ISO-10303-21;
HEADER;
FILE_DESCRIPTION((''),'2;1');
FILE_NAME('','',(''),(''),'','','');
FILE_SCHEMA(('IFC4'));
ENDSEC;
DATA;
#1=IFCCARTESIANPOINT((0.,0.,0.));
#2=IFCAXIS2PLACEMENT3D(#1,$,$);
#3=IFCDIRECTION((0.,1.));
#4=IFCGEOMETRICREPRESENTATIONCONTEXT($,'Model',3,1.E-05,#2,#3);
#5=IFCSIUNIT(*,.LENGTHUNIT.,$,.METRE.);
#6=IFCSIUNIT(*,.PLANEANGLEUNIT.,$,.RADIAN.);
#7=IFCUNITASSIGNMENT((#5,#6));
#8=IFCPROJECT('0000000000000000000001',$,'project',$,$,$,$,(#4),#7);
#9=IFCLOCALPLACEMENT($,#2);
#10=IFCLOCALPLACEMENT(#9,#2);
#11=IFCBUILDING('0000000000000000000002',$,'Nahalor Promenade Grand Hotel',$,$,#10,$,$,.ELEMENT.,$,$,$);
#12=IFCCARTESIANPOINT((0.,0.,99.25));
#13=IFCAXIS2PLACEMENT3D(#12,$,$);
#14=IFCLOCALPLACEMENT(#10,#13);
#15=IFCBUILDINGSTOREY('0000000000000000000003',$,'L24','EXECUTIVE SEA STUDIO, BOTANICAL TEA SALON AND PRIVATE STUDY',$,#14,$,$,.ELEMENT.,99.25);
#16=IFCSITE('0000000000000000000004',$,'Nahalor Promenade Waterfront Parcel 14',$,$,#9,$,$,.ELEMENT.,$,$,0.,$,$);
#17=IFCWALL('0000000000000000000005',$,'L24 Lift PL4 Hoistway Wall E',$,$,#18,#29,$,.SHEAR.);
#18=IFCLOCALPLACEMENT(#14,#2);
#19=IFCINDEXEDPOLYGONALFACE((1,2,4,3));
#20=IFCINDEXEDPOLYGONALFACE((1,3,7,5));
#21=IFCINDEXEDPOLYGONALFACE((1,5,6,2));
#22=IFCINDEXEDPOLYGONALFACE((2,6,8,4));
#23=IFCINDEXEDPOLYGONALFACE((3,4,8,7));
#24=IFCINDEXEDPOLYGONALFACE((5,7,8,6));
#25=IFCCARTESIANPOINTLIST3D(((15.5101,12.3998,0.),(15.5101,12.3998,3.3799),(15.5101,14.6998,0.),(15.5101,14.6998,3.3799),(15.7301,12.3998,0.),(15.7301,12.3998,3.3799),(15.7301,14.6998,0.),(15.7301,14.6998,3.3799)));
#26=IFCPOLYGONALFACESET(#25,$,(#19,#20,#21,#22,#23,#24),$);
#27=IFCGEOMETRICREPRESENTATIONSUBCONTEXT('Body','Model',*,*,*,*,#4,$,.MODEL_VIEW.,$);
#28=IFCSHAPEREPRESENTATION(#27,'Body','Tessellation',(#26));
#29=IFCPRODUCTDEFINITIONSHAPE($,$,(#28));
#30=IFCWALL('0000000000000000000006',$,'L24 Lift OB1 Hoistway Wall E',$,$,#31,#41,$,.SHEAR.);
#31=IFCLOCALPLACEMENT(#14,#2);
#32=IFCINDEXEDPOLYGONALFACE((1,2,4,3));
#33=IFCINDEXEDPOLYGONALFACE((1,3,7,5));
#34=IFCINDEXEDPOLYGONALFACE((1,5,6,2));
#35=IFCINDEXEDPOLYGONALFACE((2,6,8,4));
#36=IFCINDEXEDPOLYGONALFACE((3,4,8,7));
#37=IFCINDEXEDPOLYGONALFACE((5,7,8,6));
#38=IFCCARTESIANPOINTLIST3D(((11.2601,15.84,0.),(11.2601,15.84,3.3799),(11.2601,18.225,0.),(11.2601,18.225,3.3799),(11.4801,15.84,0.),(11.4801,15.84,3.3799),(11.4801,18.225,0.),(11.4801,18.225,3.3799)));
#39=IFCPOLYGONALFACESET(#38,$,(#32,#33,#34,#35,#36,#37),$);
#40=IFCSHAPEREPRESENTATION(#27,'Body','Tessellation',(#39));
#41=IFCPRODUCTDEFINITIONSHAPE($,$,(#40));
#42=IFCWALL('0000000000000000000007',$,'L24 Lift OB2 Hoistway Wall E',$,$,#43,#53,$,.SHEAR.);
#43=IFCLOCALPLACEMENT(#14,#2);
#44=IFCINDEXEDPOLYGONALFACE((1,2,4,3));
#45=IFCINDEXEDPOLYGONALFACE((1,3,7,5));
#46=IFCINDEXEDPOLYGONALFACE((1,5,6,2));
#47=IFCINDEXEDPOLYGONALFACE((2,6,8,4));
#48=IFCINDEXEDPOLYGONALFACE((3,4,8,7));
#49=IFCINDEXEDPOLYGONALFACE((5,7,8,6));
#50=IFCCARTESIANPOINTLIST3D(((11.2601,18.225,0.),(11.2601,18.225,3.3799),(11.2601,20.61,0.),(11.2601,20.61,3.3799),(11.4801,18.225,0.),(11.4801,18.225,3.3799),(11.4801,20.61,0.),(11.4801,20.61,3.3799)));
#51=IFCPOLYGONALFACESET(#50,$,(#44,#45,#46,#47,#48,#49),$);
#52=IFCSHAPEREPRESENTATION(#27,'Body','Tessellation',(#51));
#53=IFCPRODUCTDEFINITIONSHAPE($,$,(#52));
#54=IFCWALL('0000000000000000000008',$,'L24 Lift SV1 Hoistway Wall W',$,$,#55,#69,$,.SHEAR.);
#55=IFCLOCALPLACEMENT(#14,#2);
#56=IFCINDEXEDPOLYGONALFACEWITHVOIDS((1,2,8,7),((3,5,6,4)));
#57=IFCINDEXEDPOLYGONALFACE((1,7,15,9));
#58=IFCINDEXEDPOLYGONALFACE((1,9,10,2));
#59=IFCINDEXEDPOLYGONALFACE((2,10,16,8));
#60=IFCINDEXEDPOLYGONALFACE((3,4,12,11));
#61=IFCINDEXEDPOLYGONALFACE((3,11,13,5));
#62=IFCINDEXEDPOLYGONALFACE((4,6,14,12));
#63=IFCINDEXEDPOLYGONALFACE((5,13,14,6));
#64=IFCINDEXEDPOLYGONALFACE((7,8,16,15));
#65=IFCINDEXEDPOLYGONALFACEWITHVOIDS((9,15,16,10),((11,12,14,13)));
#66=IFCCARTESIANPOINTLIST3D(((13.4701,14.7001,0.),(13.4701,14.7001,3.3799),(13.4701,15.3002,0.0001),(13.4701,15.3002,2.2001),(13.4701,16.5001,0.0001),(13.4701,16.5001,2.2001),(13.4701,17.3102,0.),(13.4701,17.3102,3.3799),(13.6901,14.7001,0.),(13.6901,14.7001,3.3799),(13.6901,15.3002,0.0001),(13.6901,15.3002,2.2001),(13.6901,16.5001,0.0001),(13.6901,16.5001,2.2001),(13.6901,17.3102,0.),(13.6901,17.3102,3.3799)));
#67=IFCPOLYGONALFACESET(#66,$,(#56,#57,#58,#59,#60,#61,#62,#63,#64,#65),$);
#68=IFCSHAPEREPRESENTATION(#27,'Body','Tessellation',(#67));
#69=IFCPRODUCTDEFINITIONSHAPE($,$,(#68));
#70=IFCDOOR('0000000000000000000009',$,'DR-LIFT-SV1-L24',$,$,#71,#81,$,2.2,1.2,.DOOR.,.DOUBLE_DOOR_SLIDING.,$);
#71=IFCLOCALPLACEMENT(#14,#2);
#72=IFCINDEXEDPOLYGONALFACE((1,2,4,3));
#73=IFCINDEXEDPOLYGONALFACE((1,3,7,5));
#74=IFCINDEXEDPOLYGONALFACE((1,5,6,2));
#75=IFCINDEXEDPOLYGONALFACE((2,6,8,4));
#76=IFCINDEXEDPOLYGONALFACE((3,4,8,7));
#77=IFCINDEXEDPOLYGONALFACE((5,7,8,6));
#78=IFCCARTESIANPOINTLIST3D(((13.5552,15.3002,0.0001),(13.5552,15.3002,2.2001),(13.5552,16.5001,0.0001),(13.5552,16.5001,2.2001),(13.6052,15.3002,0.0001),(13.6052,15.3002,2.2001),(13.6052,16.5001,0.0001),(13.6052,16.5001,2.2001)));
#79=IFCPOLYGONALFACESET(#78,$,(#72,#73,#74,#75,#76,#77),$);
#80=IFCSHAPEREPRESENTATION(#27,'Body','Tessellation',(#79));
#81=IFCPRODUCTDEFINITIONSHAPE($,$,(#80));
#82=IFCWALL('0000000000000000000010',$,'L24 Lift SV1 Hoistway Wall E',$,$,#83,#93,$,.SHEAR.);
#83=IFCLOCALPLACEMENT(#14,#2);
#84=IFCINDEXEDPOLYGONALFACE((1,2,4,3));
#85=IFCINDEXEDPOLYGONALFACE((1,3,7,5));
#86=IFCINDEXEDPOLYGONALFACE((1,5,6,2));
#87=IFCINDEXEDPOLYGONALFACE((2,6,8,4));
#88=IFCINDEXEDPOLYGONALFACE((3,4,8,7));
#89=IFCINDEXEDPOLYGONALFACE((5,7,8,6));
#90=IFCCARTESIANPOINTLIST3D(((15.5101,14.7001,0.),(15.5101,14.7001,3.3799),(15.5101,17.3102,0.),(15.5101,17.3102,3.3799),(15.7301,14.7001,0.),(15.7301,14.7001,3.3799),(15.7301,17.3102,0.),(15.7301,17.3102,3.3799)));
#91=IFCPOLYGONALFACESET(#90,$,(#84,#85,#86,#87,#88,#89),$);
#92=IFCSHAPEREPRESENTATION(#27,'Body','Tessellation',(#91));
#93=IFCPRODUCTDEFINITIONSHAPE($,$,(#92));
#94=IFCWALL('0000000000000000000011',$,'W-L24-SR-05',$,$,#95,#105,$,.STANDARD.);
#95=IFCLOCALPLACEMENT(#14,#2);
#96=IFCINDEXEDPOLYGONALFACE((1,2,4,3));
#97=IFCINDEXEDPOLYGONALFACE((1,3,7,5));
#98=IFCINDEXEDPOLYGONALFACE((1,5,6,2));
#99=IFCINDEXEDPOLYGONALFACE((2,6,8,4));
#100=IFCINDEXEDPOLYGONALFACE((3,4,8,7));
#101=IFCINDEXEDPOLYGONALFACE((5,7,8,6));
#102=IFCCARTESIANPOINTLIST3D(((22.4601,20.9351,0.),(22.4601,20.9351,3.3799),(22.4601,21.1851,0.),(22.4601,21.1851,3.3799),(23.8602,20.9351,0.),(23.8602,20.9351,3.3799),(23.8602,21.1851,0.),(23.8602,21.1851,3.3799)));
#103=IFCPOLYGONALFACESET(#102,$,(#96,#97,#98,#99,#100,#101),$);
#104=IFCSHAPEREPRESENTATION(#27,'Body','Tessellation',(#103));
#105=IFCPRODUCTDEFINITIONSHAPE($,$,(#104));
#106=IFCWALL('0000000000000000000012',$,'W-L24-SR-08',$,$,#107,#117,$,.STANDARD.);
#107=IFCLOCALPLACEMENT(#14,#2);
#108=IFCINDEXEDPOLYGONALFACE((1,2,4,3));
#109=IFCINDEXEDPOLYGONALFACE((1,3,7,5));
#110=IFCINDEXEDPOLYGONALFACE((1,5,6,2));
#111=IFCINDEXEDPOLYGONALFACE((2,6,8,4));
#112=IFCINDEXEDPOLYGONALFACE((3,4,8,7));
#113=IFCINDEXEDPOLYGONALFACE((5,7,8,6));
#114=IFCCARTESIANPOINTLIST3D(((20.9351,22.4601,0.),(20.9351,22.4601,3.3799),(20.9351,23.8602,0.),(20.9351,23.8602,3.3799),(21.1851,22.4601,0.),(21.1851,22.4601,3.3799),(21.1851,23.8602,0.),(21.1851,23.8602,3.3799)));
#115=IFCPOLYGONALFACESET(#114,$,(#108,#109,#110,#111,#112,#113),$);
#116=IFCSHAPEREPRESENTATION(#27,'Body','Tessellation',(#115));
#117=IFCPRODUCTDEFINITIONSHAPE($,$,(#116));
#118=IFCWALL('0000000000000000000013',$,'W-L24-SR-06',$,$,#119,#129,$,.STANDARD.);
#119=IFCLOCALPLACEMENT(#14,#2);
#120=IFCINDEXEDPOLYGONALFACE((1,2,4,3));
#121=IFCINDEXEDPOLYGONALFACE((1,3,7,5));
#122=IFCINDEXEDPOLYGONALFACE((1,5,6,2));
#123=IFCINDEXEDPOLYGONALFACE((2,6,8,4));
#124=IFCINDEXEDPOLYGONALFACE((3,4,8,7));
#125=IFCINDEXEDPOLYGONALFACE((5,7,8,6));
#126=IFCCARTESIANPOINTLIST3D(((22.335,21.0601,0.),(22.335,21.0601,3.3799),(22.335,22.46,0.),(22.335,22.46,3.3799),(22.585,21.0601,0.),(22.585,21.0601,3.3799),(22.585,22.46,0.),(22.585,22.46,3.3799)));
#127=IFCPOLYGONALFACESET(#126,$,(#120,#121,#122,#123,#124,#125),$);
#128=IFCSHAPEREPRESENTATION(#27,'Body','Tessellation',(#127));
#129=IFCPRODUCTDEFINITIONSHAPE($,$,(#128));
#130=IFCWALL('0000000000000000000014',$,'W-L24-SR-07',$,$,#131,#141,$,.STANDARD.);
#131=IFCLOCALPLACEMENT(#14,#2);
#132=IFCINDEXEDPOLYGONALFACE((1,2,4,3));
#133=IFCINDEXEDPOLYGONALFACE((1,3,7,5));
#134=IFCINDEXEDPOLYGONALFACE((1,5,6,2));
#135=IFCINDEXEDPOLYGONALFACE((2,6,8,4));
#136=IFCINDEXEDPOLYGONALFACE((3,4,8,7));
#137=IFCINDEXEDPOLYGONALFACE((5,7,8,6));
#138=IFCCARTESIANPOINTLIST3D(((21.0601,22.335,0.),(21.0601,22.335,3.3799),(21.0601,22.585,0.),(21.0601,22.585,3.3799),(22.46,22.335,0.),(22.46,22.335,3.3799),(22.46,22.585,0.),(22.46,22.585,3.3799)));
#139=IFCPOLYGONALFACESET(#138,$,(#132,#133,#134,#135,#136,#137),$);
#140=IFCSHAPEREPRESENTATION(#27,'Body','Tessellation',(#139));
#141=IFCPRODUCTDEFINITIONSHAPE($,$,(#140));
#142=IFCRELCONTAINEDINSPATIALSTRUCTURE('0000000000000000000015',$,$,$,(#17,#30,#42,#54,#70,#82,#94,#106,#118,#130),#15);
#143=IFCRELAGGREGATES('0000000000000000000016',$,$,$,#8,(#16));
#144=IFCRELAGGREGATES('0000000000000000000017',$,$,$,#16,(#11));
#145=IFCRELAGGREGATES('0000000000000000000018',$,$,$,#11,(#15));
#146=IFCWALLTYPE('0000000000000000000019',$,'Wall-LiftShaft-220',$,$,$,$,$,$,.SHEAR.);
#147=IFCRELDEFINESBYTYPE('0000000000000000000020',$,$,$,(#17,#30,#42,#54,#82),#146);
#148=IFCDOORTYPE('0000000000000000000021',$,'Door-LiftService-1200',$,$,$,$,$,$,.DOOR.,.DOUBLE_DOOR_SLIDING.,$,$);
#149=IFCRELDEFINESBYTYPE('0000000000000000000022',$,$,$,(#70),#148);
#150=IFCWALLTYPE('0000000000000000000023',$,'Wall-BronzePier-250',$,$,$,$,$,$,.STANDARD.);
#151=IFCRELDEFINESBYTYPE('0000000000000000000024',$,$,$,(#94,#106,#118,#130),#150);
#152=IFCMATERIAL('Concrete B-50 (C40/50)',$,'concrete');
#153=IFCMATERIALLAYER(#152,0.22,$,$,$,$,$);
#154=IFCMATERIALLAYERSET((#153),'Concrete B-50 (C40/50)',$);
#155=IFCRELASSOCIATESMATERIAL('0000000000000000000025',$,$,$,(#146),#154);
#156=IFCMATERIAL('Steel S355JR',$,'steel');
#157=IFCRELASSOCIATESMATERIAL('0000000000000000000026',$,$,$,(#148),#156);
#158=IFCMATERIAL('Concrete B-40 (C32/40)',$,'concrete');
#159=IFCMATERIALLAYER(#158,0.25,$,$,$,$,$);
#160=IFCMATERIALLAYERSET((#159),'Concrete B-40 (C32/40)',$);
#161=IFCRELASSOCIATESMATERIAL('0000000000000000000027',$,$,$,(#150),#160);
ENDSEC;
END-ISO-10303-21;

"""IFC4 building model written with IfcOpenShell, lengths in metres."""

from ifc_helpers import new_model, si_unit, direction, frame, frame_2d, origin, place, context, subcontext, project, spatial, rectangle, extrude, source, transform, mapped, material, layer, layer_set, type_object, element, fill, save


model = new_model("IFC4")

# Units and contexts
model_context = context("Model", 3, precision=1e-05, world=origin(), true_north=direction((0.0, 1.0)))
body_context = subcontext(model_context, "Body", "Model", "MODEL_VIEW")
ifc_project = project(units=[si_unit("LENGTHUNIT", "METRE"), si_unit("PLANEANGLEUNIT", "RADIAN")], contexts=[model_context])

# Site, building, storey
site_placement = place(None, origin())
site = spatial("IfcSite", under=ifc_project, at=site_placement, Name="Nahalor Promenade Waterfront Parcel 14", CompositionType="ELEMENT", RefElevation=0.0)
building_placement = place(site_placement, origin())
building = spatial("IfcBuilding", under=site, at=building_placement, Name="Nahalor Promenade Grand Hotel", CompositionType="ELEMENT")
storey_placement = place(building_placement, frame((0.0, 0.0, 99.25)))
storey = spatial("IfcBuildingStorey", under=building, at=storey_placement, Name="L24", Description="EXECUTIVE SEA STUDIO, BOTANICAL TEA SALON AND PRIVATE STUDY", CompositionType="ELEMENT", Elevation=99.25)

# Shared definitions
ifc_material_1 = material(Name="Steel S355JR", Category="steel")

# Shared definitions
ifc_material_2 = material(Name="Concrete B-50 (C40/50)", Category="concrete")
ifc_layer_1 = layer(ifc_material_2, 0.22)
ifc_layer_set_1 = layer_set([ifc_layer_1], Name="Concrete B-50 (C40/50)")
wall_type_1 = type_object("IfcWallType", Name="Wall-LiftShaft-220", PredefinedType="SHEAR", material=ifc_layer_set_1)

# Shared definitions
shared_shape_1 = source(origin(), body_context, "Body", "SweptSolid", [
    extrude(rectangle(XDim=2.3, YDim=0.22, at=frame_2d((1.1499, 0.0))), origin(), (0.0, 0.0, 1.0), 3.3799),
])

# Walls
wall_1_placement = place(storey_placement, frame((15.6201, 12.3999, 0.0), z_axis=(0.0, 0.0, 1.0), x_axis=(0.0, 1.0, 0.0)))
element("IfcWall", 1, at=wall_1_placement, inside=storey, type_object=wall_type_1, Name="L24 Lift PL4 Hoistway Wall E", PredefinedType="SHEAR", context=body_context, shape_type="MappedRepresentation", body=[
    mapped(shared_shape_1, transform((0.0, 0.0, 0.0), scale=1.0)),
])
shared_shape_2 = source(origin(), body_context, "Body", "SweptSolid", [
    extrude(rectangle(XDim=2.385, YDim=0.22, at=frame_2d((1.1924, 0.0))), origin(), (0.0, 0.0, 1.0), 3.3799),
])
for number, where, z_axis, x_axis, name in (
    (2, (11.3701, 15.8401, 0.0), (0.0, 0.0, 1.0), (0.0, 1.0, 0.0), "L24 Lift OB1 Hoistway Wall E"),
    (3, (11.3701, 18.2251, 0.0), (0.0, 0.0, 1.0), (0.0, 1.0, 0.0), "L24 Lift OB2 Hoistway Wall E"),
):
    element("IfcWall", number, at=place(storey_placement, frame(where, z_axis=z_axis, x_axis=x_axis)), inside=storey, type_object=wall_type_1, Name=name, PredefinedType="SHEAR", context=body_context, shape_type="MappedRepresentation", body=[
        mapped(shared_shape_2, transform((0.0, 0.0, 0.0), scale=1.0)),
    ])

# Wall, opening, door
shared_shape_3 = source(origin(), body_context, "Body", "SweptSolid", [
    extrude(rectangle(XDim=2.6101, YDim=0.22, at=frame_2d((1.3052, 0.0))), origin(), (0.0, 0.0, 1.0), 3.3799),
])
wall_2_placement = place(storey_placement, frame((13.5801, 14.7, 0.0), z_axis=(0.0, 0.0, 1.0), x_axis=(0.0, 1.0, 0.0)))
wall_2 = element("IfcWall", 4, at=wall_2_placement, inside=storey, type_object=wall_type_1, Name="L24 Lift SV1 Hoistway Wall W", PredefinedType="SHEAR", context=body_context, shape_type="MappedRepresentation", body=[
    mapped(shared_shape_3, transform((0.0, 0.0, 0.0), scale=1.0)),
])
opening_1_placement = place(wall_2_placement, frame((0.6001, 0.0, 0.0)))
opening_1 = element("IfcOpeningElement", 5, at=opening_1_placement, cuts=wall_2, PredefinedType="OPENING", context=body_context, shape_type="SweptSolid", body=[
    extrude(rectangle(XDim=1.2, YDim=2.2, at=frame_2d((0.6001, 1.1001))), frame((0.0, 0.1199, 0.0), z_axis=(0.0, -1.0, 0.0), x_axis=(1.0, 0.0, 0.0)), (0.0, 0.0, 1.0), 0.24),
])
door_type_1 = type_object("IfcDoorType", Name="Door-LiftService-1200", OperationType="DOUBLE_DOOR_SLIDING", PredefinedType="DOOR", material=ifc_material_1)
shared_shape_4 = source(origin(), body_context, "Body", "SweptSolid", [
    extrude(rectangle(XDim=1.2, YDim=2.2, at=frame_2d((0.6001, 1.1001))), frame((0.0, 0.0249, 0.0), z_axis=(0.0, -1.0, 0.0), x_axis=(1.0, 0.0, 0.0)), (0.0, 0.0, 1.0), 0.05),
])
door_1_placement = place(opening_1_placement, origin())
door_1 = element("IfcDoor", 6, at=door_1_placement, inside=storey, type_object=door_type_1, Name="DR-LIFT-SV1-L24", OperationType="DOUBLE_DOOR_SLIDING", OverallHeight=2.2, OverallWidth=1.2, PredefinedType="DOOR", context=body_context, shape_type="MappedRepresentation", body=[
    mapped(shared_shape_4, transform((0.0, 0.0, 0.0), scale=1.0)),
])
fill(opening_1, door_1)

# Walls
wall_3_placement = place(storey_placement, frame((15.6201, 14.7, 0.0), z_axis=(0.0, 0.0, 1.0), x_axis=(0.0, 1.0, 0.0)))
element("IfcWall", 7, at=wall_3_placement, inside=storey, type_object=wall_type_1, Name="L24 Lift SV1 Hoistway Wall E", PredefinedType="SHEAR", context=body_context, shape_type="MappedRepresentation", body=[
    mapped(shared_shape_3, transform((0.0, 0.0, 0.0), scale=1.0)),
])
ifc_material_3 = material(Name="Concrete B-40 (C32/40)", Category="concrete")
ifc_layer_2 = layer(ifc_material_3, 0.25)
ifc_layer_set_2 = layer_set([ifc_layer_2], Name="Concrete B-40 (C32/40)")
wall_type_2 = type_object("IfcWallType", Name="Wall-BronzePier-250", PredefinedType="STANDARD", material=ifc_layer_set_2)
shared_shape_5 = source(origin(), body_context, "Body", "SweptSolid", [
    extrude(rectangle(XDim=1.4001, YDim=0.25, at=frame_2d((0.7002, 0.0))), origin(), (0.0, 0.0, 1.0), 3.3799),
])
for number, where, z_axis, x_axis, name in (
    (8, (22.46, 21.0601, 0.0), (0.0, 0.0, 1.0), (1.0, 0.0, 0.0), "W-L24-SR-05"),
    (9, (21.0601, 22.46, 0.0), (0.0, 0.0, 1.0), (0.0, 1.0, 0.0), "W-L24-SR-08"),
):
    element("IfcWall", number, at=place(storey_placement, frame(where, z_axis=z_axis, x_axis=x_axis)), inside=storey, type_object=wall_type_2, Name=name, PredefinedType="STANDARD", context=body_context, shape_type="MappedRepresentation", body=[
        mapped(shared_shape_5, transform((0.0, 0.0, 0.0), scale=1.0)),
    ])
shared_shape_6 = source(origin(), body_context, "Body", "SweptSolid", [
    extrude(rectangle(XDim=1.3999, YDim=0.25, at=frame_2d((0.7, 0.0))), origin(), (0.0, 0.0, 1.0), 3.3799),
])
for number, where, z_axis, x_axis, name in (
    (10, (22.46, 21.0601, 0.0), (0.0, 0.0, 1.0), (0.0, 1.0, 0.0), "W-L24-SR-06"),
    (11, (21.0601, 22.46, 0.0), (0.0, 0.0, 1.0), (1.0, 0.0, 0.0), "W-L24-SR-07"),
):
    element("IfcWall", number, at=place(storey_placement, frame(where, z_axis=z_axis, x_axis=x_axis)), inside=storey, type_object=wall_type_2, Name=name, PredefinedType="STANDARD", context=body_context, shape_type="MappedRepresentation", body=[
        mapped(shared_shape_6, transform((0.0, 0.0, 0.0), scale=1.0)),
    ])

save(model, "model.ifc")
